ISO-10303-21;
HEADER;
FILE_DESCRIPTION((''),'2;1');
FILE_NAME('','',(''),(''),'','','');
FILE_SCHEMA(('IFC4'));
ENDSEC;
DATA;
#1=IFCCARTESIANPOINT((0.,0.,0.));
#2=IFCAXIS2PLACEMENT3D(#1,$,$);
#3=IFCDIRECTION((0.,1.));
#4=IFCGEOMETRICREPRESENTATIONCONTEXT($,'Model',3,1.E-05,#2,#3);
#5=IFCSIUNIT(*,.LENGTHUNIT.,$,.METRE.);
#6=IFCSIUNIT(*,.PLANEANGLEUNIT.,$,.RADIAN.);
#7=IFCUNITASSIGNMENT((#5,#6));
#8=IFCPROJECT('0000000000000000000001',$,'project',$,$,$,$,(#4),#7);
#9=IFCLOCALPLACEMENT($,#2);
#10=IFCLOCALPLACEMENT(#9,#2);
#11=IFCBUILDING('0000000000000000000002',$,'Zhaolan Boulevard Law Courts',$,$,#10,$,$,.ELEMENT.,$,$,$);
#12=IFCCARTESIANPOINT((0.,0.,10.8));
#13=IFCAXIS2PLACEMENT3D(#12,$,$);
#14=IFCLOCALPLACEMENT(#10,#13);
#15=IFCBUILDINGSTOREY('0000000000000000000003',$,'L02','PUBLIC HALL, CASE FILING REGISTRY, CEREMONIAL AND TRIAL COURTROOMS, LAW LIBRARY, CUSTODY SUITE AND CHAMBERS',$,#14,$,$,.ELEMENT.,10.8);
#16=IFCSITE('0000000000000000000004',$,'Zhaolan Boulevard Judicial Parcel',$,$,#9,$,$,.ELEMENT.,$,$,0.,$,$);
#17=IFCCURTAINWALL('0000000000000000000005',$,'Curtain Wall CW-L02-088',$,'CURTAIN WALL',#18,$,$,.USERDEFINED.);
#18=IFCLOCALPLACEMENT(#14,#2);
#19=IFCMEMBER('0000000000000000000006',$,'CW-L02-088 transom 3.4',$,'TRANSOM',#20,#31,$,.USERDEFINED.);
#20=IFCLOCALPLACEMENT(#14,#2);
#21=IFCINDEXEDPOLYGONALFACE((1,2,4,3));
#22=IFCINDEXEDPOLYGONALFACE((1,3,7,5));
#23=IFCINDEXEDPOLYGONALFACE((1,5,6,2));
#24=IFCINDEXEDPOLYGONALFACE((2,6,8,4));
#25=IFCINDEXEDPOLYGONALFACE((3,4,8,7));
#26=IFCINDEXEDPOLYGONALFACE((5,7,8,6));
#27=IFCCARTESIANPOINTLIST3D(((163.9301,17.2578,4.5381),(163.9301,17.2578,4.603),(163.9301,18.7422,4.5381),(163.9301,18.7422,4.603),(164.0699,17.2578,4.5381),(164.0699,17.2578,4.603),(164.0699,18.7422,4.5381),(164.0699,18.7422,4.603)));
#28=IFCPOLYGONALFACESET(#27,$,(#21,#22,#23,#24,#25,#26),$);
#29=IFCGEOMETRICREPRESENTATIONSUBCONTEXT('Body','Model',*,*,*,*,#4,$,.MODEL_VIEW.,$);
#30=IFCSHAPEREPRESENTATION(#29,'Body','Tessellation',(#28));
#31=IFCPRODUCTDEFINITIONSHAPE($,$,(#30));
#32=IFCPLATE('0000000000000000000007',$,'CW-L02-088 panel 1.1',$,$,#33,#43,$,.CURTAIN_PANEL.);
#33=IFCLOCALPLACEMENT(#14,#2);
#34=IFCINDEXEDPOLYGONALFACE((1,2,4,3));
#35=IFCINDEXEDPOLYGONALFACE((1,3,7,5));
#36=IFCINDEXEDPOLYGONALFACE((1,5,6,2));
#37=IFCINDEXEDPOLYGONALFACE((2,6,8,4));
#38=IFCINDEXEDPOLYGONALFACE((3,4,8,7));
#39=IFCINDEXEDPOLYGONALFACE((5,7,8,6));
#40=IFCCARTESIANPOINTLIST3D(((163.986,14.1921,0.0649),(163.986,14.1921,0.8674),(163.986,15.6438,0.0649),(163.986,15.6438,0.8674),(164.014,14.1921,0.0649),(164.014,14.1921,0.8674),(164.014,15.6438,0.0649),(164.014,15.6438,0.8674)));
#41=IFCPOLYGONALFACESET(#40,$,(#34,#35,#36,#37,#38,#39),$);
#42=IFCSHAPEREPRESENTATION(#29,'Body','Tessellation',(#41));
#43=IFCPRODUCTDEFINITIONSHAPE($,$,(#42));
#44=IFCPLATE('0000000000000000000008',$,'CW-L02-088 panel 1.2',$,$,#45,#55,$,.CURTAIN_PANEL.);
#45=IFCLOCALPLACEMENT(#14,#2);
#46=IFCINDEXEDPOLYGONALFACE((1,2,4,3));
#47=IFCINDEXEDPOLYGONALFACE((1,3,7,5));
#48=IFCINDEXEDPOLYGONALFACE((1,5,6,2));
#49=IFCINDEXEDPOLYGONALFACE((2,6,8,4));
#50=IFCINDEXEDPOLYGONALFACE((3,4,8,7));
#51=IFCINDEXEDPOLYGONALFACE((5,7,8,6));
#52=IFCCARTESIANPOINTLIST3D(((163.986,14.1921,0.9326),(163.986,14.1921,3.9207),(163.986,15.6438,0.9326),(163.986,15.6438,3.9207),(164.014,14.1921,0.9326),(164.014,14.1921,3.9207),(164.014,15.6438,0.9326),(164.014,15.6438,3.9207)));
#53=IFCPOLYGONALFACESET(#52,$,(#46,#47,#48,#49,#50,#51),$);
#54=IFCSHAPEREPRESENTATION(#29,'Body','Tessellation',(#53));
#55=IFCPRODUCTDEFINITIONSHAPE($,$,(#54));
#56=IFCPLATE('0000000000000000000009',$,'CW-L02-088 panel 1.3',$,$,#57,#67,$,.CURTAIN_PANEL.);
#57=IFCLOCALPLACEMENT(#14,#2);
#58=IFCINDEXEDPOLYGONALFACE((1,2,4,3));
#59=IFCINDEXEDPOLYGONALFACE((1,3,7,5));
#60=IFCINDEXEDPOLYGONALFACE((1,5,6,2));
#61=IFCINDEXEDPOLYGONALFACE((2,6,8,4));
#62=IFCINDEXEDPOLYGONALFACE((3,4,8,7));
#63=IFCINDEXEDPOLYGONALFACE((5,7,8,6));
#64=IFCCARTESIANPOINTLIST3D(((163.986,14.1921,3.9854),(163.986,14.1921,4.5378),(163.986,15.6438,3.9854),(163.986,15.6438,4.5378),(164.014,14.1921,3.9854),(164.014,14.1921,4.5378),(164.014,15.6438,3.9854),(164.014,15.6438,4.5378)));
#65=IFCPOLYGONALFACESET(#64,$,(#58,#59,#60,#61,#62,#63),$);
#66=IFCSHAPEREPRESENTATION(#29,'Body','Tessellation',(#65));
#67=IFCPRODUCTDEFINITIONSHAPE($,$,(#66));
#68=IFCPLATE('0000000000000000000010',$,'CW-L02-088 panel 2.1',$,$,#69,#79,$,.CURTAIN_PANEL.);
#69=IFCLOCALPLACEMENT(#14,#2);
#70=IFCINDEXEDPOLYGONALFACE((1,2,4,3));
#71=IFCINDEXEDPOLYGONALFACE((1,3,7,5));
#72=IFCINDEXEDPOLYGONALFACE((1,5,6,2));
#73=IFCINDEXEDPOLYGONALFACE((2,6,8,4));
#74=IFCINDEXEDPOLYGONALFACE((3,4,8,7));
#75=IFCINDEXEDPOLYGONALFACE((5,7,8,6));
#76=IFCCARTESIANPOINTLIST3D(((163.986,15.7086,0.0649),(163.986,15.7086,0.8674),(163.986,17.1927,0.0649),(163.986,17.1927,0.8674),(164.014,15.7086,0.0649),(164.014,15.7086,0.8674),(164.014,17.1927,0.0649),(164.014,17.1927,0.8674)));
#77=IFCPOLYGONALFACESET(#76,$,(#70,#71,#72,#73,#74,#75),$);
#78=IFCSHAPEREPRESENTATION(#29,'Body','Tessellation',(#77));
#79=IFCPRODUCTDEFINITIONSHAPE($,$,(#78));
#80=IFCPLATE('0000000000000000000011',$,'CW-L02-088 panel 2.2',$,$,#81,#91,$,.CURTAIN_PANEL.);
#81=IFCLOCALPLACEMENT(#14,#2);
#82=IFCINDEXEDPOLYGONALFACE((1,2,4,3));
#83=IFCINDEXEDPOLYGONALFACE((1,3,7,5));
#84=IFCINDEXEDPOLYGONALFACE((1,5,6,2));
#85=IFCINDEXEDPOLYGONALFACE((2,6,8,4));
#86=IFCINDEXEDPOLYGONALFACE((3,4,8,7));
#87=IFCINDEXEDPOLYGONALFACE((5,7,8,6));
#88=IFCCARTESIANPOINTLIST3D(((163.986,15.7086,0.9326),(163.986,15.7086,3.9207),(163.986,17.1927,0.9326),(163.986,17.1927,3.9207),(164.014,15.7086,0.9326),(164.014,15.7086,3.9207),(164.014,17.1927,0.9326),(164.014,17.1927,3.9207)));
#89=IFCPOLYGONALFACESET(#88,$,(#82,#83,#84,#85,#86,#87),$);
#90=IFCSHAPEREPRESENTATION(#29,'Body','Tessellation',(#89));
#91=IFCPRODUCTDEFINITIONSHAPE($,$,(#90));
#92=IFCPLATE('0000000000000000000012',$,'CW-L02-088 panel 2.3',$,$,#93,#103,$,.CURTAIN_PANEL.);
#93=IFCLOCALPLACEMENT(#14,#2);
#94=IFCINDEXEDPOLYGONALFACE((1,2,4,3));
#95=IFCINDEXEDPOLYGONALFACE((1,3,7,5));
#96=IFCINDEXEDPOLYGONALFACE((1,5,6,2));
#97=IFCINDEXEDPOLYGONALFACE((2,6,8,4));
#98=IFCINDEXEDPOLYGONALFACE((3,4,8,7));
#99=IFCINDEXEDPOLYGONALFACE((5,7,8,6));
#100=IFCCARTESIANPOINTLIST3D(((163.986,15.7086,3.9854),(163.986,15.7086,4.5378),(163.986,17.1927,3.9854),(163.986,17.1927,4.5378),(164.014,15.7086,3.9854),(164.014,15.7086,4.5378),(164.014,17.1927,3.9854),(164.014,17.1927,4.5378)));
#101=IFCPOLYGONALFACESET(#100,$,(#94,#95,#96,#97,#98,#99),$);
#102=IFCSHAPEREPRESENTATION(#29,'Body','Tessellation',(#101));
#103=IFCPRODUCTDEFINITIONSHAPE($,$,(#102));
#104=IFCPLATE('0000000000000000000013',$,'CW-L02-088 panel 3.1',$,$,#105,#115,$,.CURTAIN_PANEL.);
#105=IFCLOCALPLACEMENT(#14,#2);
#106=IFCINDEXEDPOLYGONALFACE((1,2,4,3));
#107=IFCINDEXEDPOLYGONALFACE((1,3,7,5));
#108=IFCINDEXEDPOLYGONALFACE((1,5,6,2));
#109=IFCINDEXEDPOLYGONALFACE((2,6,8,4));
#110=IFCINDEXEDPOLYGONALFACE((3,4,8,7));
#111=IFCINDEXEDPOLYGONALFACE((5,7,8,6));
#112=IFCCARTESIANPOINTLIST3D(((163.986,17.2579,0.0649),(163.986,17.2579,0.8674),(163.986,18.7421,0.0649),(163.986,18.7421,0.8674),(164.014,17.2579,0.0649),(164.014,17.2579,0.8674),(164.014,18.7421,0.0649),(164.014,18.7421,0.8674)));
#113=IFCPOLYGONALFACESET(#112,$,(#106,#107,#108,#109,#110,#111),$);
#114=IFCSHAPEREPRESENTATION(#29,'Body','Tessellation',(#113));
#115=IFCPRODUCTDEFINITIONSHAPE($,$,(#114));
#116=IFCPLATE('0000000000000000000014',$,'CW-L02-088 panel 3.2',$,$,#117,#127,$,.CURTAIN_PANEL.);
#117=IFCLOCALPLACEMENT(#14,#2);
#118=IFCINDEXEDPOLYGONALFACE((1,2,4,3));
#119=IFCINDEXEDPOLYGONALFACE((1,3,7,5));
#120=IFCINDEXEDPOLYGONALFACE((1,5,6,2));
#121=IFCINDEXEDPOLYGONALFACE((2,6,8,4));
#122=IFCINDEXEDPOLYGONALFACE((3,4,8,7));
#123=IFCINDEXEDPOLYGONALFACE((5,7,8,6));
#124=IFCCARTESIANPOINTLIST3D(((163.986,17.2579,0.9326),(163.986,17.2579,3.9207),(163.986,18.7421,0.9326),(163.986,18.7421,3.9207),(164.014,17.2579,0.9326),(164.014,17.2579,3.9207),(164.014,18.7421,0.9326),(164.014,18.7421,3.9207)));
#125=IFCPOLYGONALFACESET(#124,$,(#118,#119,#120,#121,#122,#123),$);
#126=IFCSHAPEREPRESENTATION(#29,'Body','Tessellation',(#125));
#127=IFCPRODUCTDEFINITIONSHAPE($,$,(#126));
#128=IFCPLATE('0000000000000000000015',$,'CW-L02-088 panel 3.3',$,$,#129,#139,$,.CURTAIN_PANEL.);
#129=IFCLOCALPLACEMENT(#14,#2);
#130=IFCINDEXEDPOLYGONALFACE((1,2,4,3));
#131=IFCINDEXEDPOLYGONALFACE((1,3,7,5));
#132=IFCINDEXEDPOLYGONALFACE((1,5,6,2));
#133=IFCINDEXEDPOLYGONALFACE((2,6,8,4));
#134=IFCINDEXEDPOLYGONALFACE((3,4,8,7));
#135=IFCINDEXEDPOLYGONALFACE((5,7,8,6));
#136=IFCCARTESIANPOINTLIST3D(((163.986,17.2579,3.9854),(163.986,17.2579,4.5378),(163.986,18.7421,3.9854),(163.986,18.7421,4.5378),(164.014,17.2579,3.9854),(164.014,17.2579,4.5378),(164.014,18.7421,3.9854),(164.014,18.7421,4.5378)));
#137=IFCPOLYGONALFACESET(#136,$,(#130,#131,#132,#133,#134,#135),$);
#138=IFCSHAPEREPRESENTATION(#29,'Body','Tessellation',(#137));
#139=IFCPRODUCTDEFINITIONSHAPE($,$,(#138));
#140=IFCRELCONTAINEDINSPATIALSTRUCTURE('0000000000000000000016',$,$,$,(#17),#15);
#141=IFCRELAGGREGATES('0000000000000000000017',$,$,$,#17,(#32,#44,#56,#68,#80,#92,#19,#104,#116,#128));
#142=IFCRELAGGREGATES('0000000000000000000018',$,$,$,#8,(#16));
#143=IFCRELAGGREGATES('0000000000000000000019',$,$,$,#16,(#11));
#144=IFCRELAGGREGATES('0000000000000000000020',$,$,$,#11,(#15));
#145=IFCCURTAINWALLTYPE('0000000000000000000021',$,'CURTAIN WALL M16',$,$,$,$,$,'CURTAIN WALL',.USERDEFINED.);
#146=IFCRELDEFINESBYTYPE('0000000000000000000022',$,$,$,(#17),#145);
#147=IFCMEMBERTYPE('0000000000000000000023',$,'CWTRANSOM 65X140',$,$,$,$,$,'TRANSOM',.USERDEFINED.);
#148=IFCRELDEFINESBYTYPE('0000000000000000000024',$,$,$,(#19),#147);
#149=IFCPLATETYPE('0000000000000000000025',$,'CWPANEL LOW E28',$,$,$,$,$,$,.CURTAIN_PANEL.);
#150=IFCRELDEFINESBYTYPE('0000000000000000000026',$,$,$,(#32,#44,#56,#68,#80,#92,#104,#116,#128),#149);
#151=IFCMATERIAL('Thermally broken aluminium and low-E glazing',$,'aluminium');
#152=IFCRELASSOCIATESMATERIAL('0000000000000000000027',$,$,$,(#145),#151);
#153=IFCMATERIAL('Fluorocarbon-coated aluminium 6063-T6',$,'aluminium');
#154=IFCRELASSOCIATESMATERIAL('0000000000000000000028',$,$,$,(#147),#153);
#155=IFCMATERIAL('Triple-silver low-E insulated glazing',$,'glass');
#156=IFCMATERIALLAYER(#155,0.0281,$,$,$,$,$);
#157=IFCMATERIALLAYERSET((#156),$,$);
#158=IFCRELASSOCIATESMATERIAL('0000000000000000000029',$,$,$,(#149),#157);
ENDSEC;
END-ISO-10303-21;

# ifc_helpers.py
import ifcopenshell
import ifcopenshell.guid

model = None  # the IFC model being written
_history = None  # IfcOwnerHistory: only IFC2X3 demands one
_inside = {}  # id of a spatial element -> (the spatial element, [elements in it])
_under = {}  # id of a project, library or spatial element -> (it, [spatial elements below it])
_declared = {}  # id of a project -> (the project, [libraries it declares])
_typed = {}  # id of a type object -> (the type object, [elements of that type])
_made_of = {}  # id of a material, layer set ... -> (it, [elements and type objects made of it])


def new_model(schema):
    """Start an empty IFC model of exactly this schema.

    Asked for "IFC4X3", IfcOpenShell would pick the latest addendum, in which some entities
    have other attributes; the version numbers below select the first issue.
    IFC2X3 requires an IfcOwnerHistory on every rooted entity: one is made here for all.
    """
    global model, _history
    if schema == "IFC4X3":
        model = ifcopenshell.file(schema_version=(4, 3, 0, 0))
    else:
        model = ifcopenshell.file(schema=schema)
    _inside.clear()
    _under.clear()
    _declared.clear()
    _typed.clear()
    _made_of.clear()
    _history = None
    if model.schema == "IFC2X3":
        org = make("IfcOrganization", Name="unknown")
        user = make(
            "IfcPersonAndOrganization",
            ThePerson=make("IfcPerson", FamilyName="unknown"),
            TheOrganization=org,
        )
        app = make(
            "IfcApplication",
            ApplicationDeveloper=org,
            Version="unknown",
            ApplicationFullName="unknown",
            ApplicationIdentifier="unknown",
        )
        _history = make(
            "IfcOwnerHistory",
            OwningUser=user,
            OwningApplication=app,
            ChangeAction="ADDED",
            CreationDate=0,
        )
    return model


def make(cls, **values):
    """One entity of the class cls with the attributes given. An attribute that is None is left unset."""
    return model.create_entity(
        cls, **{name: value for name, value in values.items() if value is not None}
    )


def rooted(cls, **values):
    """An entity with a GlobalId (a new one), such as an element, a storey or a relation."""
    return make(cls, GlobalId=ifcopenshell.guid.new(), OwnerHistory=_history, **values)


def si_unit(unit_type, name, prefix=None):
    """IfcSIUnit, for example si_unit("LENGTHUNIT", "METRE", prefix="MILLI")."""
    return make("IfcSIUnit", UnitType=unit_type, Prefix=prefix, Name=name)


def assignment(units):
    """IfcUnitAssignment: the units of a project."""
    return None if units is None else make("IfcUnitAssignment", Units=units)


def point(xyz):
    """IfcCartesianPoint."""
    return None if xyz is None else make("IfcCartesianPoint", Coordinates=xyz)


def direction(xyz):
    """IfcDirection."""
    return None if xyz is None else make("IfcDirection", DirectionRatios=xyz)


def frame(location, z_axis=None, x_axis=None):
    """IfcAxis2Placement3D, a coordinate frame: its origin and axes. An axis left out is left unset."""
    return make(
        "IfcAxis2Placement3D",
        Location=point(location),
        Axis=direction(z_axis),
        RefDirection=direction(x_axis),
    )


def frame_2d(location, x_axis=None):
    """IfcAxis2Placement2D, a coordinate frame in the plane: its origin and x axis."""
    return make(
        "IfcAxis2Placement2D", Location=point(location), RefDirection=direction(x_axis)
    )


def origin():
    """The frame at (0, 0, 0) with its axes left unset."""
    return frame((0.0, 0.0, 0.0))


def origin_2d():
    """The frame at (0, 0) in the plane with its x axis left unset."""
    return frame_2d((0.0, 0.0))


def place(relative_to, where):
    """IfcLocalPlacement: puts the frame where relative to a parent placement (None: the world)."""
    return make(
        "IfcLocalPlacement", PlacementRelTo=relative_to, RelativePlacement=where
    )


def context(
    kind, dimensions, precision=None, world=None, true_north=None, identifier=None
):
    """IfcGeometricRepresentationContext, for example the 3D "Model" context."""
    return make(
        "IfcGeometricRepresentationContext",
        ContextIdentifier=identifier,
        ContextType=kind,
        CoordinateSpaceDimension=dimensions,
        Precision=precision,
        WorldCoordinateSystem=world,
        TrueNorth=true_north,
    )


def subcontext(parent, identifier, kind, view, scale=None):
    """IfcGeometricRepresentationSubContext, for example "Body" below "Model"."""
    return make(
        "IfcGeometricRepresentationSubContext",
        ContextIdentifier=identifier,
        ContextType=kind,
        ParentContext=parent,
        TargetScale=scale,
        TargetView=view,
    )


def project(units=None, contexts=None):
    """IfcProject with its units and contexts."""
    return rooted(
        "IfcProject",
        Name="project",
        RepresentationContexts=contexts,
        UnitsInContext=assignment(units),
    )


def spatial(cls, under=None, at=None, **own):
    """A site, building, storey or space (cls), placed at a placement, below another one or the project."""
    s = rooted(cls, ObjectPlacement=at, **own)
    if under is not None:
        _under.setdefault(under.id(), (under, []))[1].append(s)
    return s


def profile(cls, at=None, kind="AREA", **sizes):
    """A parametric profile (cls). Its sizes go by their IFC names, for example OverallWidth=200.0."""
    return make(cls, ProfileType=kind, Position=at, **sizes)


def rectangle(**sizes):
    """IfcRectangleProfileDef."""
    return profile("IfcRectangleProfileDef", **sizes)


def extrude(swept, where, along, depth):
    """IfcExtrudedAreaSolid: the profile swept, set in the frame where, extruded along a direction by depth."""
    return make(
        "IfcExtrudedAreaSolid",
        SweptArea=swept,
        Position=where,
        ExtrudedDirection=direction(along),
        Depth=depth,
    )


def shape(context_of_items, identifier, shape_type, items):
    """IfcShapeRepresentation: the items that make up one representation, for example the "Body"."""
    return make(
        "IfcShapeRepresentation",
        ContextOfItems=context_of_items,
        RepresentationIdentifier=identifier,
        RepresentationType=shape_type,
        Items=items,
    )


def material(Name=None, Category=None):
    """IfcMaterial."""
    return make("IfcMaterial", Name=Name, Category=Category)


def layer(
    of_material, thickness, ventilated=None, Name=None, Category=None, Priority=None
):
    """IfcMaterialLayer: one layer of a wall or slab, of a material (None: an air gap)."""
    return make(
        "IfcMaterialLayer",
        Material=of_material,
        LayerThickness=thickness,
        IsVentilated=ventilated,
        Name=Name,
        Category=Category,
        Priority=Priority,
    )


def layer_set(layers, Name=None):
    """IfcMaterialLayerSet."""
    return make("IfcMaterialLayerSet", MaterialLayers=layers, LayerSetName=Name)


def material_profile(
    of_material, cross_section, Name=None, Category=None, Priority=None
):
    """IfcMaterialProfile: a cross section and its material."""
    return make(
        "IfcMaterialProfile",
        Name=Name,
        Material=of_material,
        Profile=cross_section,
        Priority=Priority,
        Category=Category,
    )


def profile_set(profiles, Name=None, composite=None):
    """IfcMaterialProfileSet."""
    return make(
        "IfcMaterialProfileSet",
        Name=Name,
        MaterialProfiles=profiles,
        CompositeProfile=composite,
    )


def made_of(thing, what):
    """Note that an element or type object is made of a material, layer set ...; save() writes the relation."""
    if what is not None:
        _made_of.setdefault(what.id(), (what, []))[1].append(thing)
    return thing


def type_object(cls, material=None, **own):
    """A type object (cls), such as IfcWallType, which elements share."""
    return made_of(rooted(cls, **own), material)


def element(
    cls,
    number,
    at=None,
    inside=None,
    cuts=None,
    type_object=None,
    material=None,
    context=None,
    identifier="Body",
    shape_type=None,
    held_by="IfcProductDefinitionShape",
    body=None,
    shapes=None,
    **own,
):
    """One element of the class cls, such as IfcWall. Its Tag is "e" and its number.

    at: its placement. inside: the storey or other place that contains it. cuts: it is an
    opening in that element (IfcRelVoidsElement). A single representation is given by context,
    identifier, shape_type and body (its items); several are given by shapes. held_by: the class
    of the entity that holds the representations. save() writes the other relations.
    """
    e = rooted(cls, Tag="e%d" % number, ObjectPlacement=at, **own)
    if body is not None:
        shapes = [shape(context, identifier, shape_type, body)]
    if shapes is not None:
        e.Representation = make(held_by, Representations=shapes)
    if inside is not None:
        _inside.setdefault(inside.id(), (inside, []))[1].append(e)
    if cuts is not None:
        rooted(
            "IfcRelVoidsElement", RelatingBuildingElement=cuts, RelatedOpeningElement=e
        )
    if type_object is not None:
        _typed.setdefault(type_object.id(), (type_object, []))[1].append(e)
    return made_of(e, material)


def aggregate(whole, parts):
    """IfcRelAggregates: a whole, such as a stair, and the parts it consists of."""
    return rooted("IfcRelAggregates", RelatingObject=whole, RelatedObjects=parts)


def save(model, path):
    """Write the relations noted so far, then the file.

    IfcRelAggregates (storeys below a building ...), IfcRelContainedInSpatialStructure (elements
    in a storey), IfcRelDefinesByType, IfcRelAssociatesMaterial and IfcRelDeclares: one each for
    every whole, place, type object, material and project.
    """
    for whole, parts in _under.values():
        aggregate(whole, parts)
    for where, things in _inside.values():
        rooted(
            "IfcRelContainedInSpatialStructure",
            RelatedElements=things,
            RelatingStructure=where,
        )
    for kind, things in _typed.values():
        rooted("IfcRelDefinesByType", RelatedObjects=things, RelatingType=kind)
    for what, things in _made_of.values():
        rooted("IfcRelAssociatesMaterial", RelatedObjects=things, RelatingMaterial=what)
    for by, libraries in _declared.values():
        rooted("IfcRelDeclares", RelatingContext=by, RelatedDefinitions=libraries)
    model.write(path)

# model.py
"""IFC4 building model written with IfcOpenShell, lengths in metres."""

from ifc_helpers import new_model, si_unit, direction, frame, origin, origin_2d, place, context, subcontext, project, spatial, rectangle, extrude, material, layer, layer_set, material_profile, profile_set, type_object, element, aggregate, save


model = new_model("IFC4")

# Units and contexts
model_context = context("Model", 3, precision=1e-05, world=origin(), true_north=direction((0.0, 1.0)))
body_context = subcontext(model_context, "Body", "Model", "MODEL_VIEW")
ifc_project = project(units=[si_unit("LENGTHUNIT", "METRE"), si_unit("PLANEANGLEUNIT", "RADIAN")], contexts=[model_context])

# Site, building, storey
site_placement = place(None, origin())
site = spatial("IfcSite", under=ifc_project, at=site_placement, Name="Zhaolan Boulevard Judicial Parcel", CompositionType="ELEMENT", RefElevation=0.0)
building_placement = place(site_placement, origin())
building = spatial("IfcBuilding", under=site, at=building_placement, Name="Zhaolan Boulevard Law Courts", CompositionType="ELEMENT")
storey_placement = place(building_placement, frame((0.0, 0.0, 10.8)))
storey = spatial("IfcBuildingStorey", under=building, at=storey_placement, Name="L02", Description="PUBLIC HALL, CASE FILING REGISTRY, CEREMONIAL AND TRIAL COURTROOMS, LAW LIBRARY, CUSTODY SUITE AND CHAMBERS", CompositionType="ELEMENT", Elevation=10.8)

# Curtain wall, member, plates
ifc_material_1 = material(Name="Thermally broken aluminium and low-E glazing", Category="aluminium")
curtain_wall_type = type_object("IfcCurtainWallType", Name="CURTAIN WALL M16", ElementType="CURTAIN WALL", PredefinedType="USERDEFINED", material=ifc_material_1)
curtain_wall_placement = place(storey_placement, origin())
curtain_wall = element("IfcCurtainWall", 1, at=curtain_wall_placement, inside=storey, type_object=curtain_wall_type, Name="Curtain Wall CW-L02-088", ObjectType="CURTAIN WALL", PredefinedType="USERDEFINED")
ifc_material_2 = material(Name="Fluorocarbon-coated aluminium 6063-T6", Category="aluminium")
ifc_material_profile_1 = material_profile(ifc_material_2, rectangle(XDim=0.1399, YDim=0.0649, at=origin_2d()), Name="AL65x140")
ifc_profile_set_1 = profile_set([ifc_material_profile_1], Name="Fluorocarbon-coated aluminium 6063-T6")
member_type_1 = type_object("IfcMemberType", Name="CWTRANSOM 65X140", ElementType="TRANSOM", PredefinedType="USERDEFINED", material=ifc_profile_set_1)
member_1_placement = place(storey_placement, frame((164.0, 17.2578, 4.5706), z_axis=(0.0, 1.0, 0.0), x_axis=(-1.0, 0.0, 0.0)))
member_1 = element("IfcMember", 2, at=member_1_placement, type_object=member_type_1, Name="CW-L02-088 transom 3.4", ObjectType="TRANSOM", PredefinedType="USERDEFINED", context=body_context, shape_type="SweptSolid", body=[
    extrude(rectangle(XDim=0.1399, YDim=0.0649, at=origin_2d()), origin(), (0.0, 0.0, 1.0), 1.4844),
])
ifc_material_3 = material(Name="Triple-silver low-E insulated glazing", Category="glass")
ifc_layer = layer(ifc_material_3, 0.0281)
ifc_layer_set = layer_set([ifc_layer])
plate_type = type_object("IfcPlateType", Name="CWPANEL LOW E28", PredefinedType="CURTAIN_PANEL", material=ifc_layer_set)
plate_1_placement = place(storey_placement, frame((164.0, 14.918, 0.0649), z_axis=(0.0, 0.0, 1.0), x_axis=(0.0, 1.0, 0.0)))
plate_1 = element("IfcPlate", 3, at=plate_1_placement, type_object=plate_type, Name="CW-L02-088 panel 1.1", PredefinedType="CURTAIN_PANEL", context=body_context, shape_type="SweptSolid", body=[
    extrude(rectangle(XDim=1.4517, YDim=0.0281, at=origin_2d()), origin(), (0.0, 0.0, 1.0), 0.8025),
])
plate_2_placement = place(storey_placement, frame((164.0, 14.918, 0.9326), z_axis=(0.0, 0.0, 1.0), x_axis=(0.0, 1.0, 0.0)))
plate_2 = element("IfcPlate", 4, at=plate_2_placement, type_object=plate_type, Name="CW-L02-088 panel 1.2", PredefinedType="CURTAIN_PANEL", context=body_context, shape_type="SweptSolid", body=[
    extrude(rectangle(XDim=1.4517, YDim=0.0281, at=origin_2d()), origin(), (0.0, 0.0, 1.0), 2.988),
])
plate_3_placement = place(storey_placement, frame((164.0, 14.918, 3.9854), z_axis=(0.0, 0.0, 1.0), x_axis=(0.0, 1.0, 0.0)))
plate_3 = element("IfcPlate", 5, at=plate_3_placement, type_object=plate_type, Name="CW-L02-088 panel 1.3", PredefinedType="CURTAIN_PANEL", context=body_context, shape_type="SweptSolid", body=[
    extrude(rectangle(XDim=1.4517, YDim=0.0281, at=origin_2d()), origin(), (0.0, 0.0, 1.0), 0.5525),
])
plate_4_placement = place(storey_placement, frame((164.0, 16.4507, 0.0649), z_axis=(0.0, 0.0, 1.0), x_axis=(0.0, 1.0, 0.0)))
plate_4 = element("IfcPlate", 6, at=plate_4_placement, type_object=plate_type, Name="CW-L02-088 panel 2.1", PredefinedType="CURTAIN_PANEL", context=body_context, shape_type="SweptSolid", body=[
    extrude(rectangle(XDim=1.4841, YDim=0.0281, at=origin_2d()), origin(), (0.0, 0.0, 1.0), 0.8025),
])
plate_5_placement = place(storey_placement, frame((164.0, 16.4507, 0.9326), z_axis=(0.0, 0.0, 1.0), x_axis=(0.0, 1.0, 0.0)))
plate_5 = element("IfcPlate", 7, at=plate_5_placement, type_object=plate_type, Name="CW-L02-088 panel 2.2", PredefinedType="CURTAIN_PANEL", context=body_context, shape_type="SweptSolid", body=[
    extrude(rectangle(XDim=1.4841, YDim=0.0281, at=origin_2d()), origin(), (0.0, 0.0, 1.0), 2.988),
])
plate_6_placement = place(storey_placement, frame((164.0, 16.4507, 3.9854), z_axis=(0.0, 0.0, 1.0), x_axis=(0.0, 1.0, 0.0)))
plate_6 = element("IfcPlate", 8, at=plate_6_placement, type_object=plate_type, Name="CW-L02-088 panel 2.3", PredefinedType="CURTAIN_PANEL", context=body_context, shape_type="SweptSolid", body=[
    extrude(rectangle(XDim=1.4841, YDim=0.0281, at=origin_2d()), origin(), (0.0, 0.0, 1.0), 0.5525),
])
plate_7_placement = place(storey_placement, frame((164.0, 18.0, 0.0649), z_axis=(0.0, 0.0, 1.0), x_axis=(0.0, 1.0, 0.0)))
plate_7 = element("IfcPlate", 9, at=plate_7_placement, type_object=plate_type, Name="CW-L02-088 panel 3.1", PredefinedType="CURTAIN_PANEL", context=body_context, shape_type="SweptSolid", body=[
    extrude(rectangle(XDim=1.4841, YDim=0.0281, at=origin_2d()), origin(), (0.0, 0.0, 1.0), 0.8025),
])
plate_8_placement = place(storey_placement, frame((164.0, 18.0, 0.9326), z_axis=(0.0, 0.0, 1.0), x_axis=(0.0, 1.0, 0.0)))
plate_8 = element("IfcPlate", 10, at=plate_8_placement, type_object=plate_type, Name="CW-L02-088 panel 3.2", PredefinedType="CURTAIN_PANEL", context=body_context, shape_type="SweptSolid", body=[
    extrude(rectangle(XDim=1.4841, YDim=0.0281, at=origin_2d()), origin(), (0.0, 0.0, 1.0), 2.988),
])
plate_9_placement = place(storey_placement, frame((164.0, 18.0, 3.9854), z_axis=(0.0, 0.0, 1.0), x_axis=(0.0, 1.0, 0.0)))
plate_9 = element("IfcPlate", 11, at=plate_9_placement, type_object=plate_type, Name="CW-L02-088 panel 3.3", PredefinedType="CURTAIN_PANEL", context=body_context, shape_type="SweptSolid", body=[
    extrude(rectangle(XDim=1.4841, YDim=0.0281, at=origin_2d()), origin(), (0.0, 0.0, 1.0), 0.5525),
])
aggregate(curtain_wall, [plate_1, plate_2, plate_3, plate_4, plate_5, plate_6, member_1, plate_7, plate_8, plate_9])

save(model, "model.ifc")
